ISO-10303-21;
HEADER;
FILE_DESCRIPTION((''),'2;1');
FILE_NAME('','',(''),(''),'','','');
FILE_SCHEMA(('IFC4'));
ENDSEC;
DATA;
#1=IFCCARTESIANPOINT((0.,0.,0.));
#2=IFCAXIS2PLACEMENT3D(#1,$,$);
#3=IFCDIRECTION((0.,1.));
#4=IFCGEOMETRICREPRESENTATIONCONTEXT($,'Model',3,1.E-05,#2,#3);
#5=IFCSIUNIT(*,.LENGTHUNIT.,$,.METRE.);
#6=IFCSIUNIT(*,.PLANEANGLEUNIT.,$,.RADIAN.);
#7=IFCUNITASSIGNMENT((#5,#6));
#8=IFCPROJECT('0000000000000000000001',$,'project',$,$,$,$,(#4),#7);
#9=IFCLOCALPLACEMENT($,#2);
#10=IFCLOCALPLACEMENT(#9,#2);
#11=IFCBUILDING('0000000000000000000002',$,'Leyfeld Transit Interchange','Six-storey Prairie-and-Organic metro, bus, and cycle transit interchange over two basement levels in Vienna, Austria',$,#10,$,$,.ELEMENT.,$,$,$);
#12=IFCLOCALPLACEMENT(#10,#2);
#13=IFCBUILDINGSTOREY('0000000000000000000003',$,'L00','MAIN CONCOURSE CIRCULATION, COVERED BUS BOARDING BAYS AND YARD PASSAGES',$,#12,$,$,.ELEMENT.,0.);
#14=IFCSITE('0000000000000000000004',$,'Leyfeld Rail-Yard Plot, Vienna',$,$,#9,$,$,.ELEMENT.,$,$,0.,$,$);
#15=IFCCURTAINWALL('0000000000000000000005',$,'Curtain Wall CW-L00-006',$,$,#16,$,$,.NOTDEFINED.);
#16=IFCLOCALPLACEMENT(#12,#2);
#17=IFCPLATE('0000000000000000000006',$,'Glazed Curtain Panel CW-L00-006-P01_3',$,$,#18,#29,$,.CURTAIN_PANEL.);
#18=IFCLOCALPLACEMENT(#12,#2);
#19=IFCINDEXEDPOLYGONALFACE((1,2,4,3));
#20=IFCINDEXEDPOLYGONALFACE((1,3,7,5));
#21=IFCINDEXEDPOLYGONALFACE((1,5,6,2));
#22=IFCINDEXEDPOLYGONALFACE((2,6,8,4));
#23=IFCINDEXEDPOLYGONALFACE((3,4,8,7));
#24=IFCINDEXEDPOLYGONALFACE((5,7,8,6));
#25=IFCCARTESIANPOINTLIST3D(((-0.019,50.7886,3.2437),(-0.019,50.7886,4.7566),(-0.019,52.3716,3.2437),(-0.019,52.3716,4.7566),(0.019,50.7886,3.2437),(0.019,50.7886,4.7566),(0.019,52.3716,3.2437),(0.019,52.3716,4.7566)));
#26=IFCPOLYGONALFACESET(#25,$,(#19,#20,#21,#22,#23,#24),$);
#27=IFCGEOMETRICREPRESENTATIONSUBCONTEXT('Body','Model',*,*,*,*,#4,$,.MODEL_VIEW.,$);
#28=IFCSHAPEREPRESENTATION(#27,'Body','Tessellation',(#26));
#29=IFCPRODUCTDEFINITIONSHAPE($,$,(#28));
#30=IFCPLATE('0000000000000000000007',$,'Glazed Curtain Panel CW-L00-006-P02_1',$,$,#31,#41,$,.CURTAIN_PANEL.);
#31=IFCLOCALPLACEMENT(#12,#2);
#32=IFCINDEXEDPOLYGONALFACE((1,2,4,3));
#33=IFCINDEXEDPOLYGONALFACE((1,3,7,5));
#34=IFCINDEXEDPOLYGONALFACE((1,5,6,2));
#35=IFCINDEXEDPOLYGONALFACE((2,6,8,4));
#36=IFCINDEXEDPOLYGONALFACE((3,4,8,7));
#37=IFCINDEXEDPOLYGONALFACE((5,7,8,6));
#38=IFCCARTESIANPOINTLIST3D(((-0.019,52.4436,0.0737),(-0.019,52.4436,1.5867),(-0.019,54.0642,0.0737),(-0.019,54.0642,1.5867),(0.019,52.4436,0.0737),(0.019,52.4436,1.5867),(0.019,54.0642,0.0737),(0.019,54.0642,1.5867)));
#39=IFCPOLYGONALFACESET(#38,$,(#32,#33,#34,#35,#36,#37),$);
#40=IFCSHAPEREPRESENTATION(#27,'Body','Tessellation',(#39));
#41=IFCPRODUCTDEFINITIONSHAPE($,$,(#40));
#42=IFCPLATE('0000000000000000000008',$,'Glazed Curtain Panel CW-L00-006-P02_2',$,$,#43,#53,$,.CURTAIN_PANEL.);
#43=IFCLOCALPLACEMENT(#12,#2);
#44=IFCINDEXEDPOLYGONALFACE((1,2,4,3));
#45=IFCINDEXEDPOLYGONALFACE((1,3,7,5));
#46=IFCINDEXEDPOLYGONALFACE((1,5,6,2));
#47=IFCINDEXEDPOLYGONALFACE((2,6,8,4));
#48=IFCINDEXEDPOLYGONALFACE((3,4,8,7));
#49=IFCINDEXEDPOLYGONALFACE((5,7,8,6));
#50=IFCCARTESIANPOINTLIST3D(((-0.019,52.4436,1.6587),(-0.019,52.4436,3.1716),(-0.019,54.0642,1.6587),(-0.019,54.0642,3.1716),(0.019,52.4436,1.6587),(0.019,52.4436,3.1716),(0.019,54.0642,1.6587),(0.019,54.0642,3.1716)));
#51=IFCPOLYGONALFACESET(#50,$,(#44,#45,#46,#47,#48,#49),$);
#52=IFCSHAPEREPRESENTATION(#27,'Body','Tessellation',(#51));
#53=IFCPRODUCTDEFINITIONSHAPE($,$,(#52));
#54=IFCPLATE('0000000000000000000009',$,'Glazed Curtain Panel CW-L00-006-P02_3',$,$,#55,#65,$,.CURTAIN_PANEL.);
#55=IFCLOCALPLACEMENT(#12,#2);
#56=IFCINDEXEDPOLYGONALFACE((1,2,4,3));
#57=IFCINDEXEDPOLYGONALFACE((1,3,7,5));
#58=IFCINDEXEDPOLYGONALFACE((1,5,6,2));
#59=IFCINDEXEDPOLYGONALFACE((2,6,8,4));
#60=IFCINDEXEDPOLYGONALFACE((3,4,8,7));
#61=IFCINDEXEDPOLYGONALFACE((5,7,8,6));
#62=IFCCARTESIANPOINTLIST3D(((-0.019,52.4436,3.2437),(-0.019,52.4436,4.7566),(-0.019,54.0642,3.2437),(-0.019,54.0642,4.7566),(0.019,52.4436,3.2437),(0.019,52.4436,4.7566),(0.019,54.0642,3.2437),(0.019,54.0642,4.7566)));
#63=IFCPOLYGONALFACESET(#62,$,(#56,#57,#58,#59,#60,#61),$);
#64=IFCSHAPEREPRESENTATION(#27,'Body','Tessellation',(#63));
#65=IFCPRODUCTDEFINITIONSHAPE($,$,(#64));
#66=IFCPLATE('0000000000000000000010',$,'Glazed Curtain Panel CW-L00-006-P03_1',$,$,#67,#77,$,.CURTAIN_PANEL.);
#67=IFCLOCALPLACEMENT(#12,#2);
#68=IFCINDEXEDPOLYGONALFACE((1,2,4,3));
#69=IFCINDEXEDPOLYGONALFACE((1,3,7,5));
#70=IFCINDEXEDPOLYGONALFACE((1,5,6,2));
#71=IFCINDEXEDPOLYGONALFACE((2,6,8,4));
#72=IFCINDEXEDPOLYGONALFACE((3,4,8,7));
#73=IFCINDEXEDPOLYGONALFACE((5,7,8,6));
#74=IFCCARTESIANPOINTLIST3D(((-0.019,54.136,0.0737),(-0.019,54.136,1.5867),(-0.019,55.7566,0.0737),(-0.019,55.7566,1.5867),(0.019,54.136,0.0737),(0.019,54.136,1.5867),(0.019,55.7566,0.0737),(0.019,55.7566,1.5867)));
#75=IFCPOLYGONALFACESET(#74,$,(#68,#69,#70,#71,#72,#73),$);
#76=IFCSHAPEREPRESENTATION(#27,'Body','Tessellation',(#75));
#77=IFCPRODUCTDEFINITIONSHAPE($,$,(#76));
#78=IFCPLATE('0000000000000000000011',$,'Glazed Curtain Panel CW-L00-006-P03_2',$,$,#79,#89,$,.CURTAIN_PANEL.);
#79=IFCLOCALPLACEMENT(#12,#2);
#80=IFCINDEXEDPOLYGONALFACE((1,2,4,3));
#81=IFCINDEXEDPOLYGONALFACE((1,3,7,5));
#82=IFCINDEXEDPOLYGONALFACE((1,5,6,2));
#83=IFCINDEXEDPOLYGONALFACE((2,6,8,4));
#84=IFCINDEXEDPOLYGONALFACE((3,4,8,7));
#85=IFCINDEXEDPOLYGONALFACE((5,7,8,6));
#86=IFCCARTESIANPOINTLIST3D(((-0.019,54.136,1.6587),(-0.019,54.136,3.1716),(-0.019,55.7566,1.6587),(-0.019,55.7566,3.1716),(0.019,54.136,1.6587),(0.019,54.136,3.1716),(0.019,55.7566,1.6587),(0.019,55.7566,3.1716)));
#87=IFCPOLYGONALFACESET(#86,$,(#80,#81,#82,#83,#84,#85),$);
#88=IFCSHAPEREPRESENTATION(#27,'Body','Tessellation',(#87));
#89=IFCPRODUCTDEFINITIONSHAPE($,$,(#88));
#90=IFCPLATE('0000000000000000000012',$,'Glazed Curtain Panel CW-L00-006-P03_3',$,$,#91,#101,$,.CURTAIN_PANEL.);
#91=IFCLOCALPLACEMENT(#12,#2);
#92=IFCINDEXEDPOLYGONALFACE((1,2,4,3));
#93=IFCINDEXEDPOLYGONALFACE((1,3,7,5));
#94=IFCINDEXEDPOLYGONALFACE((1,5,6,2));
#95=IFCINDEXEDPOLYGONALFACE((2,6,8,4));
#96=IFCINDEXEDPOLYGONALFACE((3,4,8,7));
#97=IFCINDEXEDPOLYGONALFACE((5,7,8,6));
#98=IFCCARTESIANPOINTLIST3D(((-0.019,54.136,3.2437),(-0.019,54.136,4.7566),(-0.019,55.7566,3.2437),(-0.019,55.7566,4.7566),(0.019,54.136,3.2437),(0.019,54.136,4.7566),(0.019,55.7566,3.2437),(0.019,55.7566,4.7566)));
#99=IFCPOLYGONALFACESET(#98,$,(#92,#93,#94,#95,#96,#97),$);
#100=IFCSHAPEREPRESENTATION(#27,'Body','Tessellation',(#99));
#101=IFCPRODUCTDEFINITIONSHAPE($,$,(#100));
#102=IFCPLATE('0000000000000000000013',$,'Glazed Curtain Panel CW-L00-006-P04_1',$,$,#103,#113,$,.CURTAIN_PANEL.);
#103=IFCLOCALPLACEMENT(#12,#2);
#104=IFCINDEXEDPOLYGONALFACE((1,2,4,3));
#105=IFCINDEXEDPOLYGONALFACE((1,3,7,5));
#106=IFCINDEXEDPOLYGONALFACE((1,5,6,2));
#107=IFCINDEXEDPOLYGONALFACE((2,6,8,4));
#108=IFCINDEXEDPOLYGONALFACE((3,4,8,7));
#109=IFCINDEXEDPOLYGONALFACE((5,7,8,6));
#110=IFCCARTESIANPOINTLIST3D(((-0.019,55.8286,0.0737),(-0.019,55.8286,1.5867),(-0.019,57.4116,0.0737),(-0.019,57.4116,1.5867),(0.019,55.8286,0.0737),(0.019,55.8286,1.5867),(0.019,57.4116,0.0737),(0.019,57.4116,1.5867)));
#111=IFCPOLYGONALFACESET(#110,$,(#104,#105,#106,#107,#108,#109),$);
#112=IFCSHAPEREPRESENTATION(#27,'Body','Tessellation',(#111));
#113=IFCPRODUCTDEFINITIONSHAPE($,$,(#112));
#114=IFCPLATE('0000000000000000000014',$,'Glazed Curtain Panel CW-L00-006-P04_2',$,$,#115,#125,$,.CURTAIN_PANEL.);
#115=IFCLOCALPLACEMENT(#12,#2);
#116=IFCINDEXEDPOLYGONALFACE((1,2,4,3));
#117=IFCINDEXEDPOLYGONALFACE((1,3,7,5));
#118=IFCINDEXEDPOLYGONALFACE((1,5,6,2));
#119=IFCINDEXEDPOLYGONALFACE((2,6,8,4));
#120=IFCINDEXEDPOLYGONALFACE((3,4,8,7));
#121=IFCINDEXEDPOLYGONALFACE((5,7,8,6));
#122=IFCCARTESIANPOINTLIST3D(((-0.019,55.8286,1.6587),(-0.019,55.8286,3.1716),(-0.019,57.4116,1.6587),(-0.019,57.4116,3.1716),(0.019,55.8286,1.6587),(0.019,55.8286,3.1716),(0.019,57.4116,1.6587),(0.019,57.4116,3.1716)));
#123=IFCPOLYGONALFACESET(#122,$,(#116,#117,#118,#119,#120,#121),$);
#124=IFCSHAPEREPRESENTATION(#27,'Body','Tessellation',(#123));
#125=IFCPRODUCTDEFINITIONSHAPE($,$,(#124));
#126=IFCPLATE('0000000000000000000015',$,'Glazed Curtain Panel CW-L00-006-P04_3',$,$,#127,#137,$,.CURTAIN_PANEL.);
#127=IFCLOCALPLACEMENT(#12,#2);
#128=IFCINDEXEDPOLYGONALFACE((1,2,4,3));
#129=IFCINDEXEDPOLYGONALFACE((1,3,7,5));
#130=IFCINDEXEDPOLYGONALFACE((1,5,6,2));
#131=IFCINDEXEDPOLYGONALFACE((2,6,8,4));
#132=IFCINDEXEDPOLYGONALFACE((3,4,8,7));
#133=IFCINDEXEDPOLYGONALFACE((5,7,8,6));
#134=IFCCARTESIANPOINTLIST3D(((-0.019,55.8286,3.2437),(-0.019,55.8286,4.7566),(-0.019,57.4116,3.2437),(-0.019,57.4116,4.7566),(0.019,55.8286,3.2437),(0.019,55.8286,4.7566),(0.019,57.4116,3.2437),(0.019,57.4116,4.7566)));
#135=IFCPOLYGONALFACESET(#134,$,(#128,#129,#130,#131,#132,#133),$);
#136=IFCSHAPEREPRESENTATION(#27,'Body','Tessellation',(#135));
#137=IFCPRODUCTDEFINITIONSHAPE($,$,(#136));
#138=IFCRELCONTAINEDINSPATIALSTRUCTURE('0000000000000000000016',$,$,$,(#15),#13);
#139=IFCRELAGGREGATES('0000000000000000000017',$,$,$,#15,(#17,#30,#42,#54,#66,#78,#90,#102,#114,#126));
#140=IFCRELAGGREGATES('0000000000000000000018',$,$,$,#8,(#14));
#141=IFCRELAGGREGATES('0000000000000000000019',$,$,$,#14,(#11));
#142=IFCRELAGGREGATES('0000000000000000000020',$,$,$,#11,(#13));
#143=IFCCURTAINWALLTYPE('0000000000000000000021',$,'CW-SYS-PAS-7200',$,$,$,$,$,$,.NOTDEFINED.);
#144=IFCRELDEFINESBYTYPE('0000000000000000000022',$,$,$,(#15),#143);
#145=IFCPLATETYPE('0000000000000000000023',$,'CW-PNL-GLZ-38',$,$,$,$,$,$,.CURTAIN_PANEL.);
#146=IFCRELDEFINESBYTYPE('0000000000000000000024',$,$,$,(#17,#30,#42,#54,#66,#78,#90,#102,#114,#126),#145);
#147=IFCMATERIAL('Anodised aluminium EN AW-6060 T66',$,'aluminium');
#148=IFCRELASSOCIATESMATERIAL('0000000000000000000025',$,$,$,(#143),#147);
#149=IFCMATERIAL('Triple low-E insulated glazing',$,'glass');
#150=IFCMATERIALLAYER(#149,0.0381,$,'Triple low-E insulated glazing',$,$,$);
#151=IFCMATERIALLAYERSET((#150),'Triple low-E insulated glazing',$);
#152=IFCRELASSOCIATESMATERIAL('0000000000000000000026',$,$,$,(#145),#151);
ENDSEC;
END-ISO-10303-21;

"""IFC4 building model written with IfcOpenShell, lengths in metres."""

from ifc_helpers import new_model, si_unit, direction, frame, origin, origin_2d, place, context, subcontext, project, spatial, rectangle, extrude, material, layer, layer_set, type_object, element, aggregate, save


model = new_model("IFC4")

# Units and contexts
model_context = context("Model", 3, precision=1e-05, world=origin(), true_north=direction((0.0, 1.0)))
body_context = subcontext(model_context, "Body", "Model", "MODEL_VIEW")
ifc_project = project(units=[si_unit("LENGTHUNIT", "METRE"), si_unit("PLANEANGLEUNIT", "RADIAN")], contexts=[model_context])

# Site, building, storey
site_placement = place(None, origin())
site = spatial("IfcSite", under=ifc_project, at=site_placement, Name="Leyfeld Rail-Yard Plot, Vienna", CompositionType="ELEMENT", RefElevation=0.0)
building_placement = place(site_placement, origin())
building = spatial("IfcBuilding", under=site, at=building_placement, Name="Leyfeld Transit Interchange", Description="Six-storey Prairie-and-Organic metro, bus, and cycle transit interchange over two basement levels in Vienna, Austria", CompositionType="ELEMENT")
storey_placement = place(building_placement, origin())
storey = spatial("IfcBuildingStorey", under=building, at=storey_placement, Name="L00", Description="MAIN CONCOURSE CIRCULATION, COVERED BUS BOARDING BAYS AND YARD PASSAGES", CompositionType="ELEMENT", Elevation=0.0)

# Curtain wall, plates
ifc_material_1 = material(Name="Anodised aluminium EN AW-6060 T66", Category="aluminium")
curtain_wall_type = type_object("IfcCurtainWallType", Name="CW-SYS-PAS-7200", PredefinedType="NOTDEFINED", material=ifc_material_1)
curtain_wall_placement = place(storey_placement, origin())
curtain_wall = element("IfcCurtainWall", 1, at=curtain_wall_placement, inside=storey, type_object=curtain_wall_type, Name="Curtain Wall CW-L00-006", PredefinedType="NOTDEFINED")
ifc_material_2 = material(Name="Triple low-E insulated glazing", Category="glass")
ifc_layer = layer(ifc_material_2, 0.0381, Name="Triple low-E insulated glazing")
ifc_layer_set = layer_set([ifc_layer], Name="Triple low-E insulated glazing")
plate_type = type_object("IfcPlateType", Name="CW-PNL-GLZ-38", PredefinedType="CURTAIN_PANEL", material=ifc_layer_set)
plate_1_placement = place(storey_placement, frame((0.0, 51.5801, 3.2437), z_axis=(0.0, 0.0, 1.0), x_axis=(0.0, 1.0, 0.0)))
plate_1 = element("IfcPlate", 2, at=plate_1_placement, type_object=plate_type, Name="Glazed Curtain Panel CW-L00-006-P01_3", PredefinedType="CURTAIN_PANEL", context=body_context, shape_type="SweptSolid", body=[
    extrude(rectangle(XDim=1.583, YDim=0.0381, at=origin_2d()), origin(), (0.0, 0.0, 1.0), 1.5129),
])
plate_2_placement = place(storey_placement, frame((0.0, 53.2539, 0.0737), z_axis=(0.0, 0.0, 1.0), x_axis=(0.0, 1.0, 0.0)))
plate_2 = element("IfcPlate", 3, at=plate_2_placement, type_object=plate_type, Name="Glazed Curtain Panel CW-L00-006-P02_1", PredefinedType="CURTAIN_PANEL", context=body_context, shape_type="SweptSolid", body=[
    extrude(rectangle(XDim=1.6206, YDim=0.0381, at=origin_2d()), origin(), (0.0, 0.0, 1.0), 1.5129),
])
plate_3_placement = place(storey_placement, frame((0.0, 53.2539, 1.6587), z_axis=(0.0, 0.0, 1.0), x_axis=(0.0, 1.0, 0.0)))
plate_3 = element("IfcPlate", 4, at=plate_3_placement, type_object=plate_type, Name="Glazed Curtain Panel CW-L00-006-P02_2", PredefinedType="CURTAIN_PANEL", context=body_context, shape_type="SweptSolid", body=[
    extrude(rectangle(XDim=1.6206, YDim=0.0381, at=origin_2d()), origin(), (0.0, 0.0, 1.0), 1.5129),
])
plate_4_placement = place(storey_placement, frame((0.0, 53.2539, 3.2437), z_axis=(0.0, 0.0, 1.0), x_axis=(0.0, 1.0, 0.0)))
plate_4 = element("IfcPlate", 5, at=plate_4_placement, type_object=plate_type, Name="Glazed Curtain Panel CW-L00-006-P02_3", PredefinedType="CURTAIN_PANEL", context=body_context, shape_type="SweptSolid", body=[
    extrude(rectangle(XDim=1.6206, YDim=0.0381, at=origin_2d()), origin(), (0.0, 0.0, 1.0), 1.5129),
])
plate_5_placement = place(storey_placement, frame((0.0, 54.9463, 0.0737), z_axis=(0.0, 0.0, 1.0), x_axis=(0.0, 1.0, 0.0)))
plate_5 = element("IfcPlate", 6, at=plate_5_placement, type_object=plate_type, Name="Glazed Curtain Panel CW-L00-006-P03_1", PredefinedType="CURTAIN_PANEL", context=body_context, shape_type="SweptSolid", body=[
    extrude(rectangle(XDim=1.6206, YDim=0.0381, at=origin_2d()), origin(), (0.0, 0.0, 1.0), 1.5129),
])
plate_6_placement = place(storey_placement, frame((0.0, 54.9463, 1.6587), z_axis=(0.0, 0.0, 1.0), x_axis=(0.0, 1.0, 0.0)))
plate_6 = element("IfcPlate", 7, at=plate_6_placement, type_object=plate_type, Name="Glazed Curtain Panel CW-L00-006-P03_2", PredefinedType="CURTAIN_PANEL", context=body_context, shape_type="SweptSolid", body=[
    extrude(rectangle(XDim=1.6206, YDim=0.0381, at=origin_2d()), origin(), (0.0, 0.0, 1.0), 1.5129),
])
plate_7_placement = place(storey_placement, frame((0.0, 54.9463, 3.2437), z_axis=(0.0, 0.0, 1.0), x_axis=(0.0, 1.0, 0.0)))
plate_7 = element("IfcPlate", 8, at=plate_7_placement, type_object=plate_type, Name="Glazed Curtain Panel CW-L00-006-P03_3", PredefinedType="CURTAIN_PANEL", context=body_context, shape_type="SweptSolid", body=[
    extrude(rectangle(XDim=1.6206, YDim=0.0381, at=origin_2d()), origin(), (0.0, 0.0, 1.0), 1.5129),
])
plate_8_placement = place(storey_placement, frame((0.0, 56.6201, 0.0737), z_axis=(0.0, 0.0, 1.0), x_axis=(0.0, 1.0, 0.0)))
plate_8 = element("IfcPlate", 9, at=plate_8_placement, type_object=plate_type, Name="Glazed Curtain Panel CW-L00-006-P04_1", PredefinedType="CURTAIN_PANEL", context=body_context, shape_type="SweptSolid", body=[
    extrude(rectangle(XDim=1.583, YDim=0.0381, at=origin_2d()), origin(), (0.0, 0.0, 1.0), 1.5129),
])
plate_9_placement = place(storey_placement, frame((0.0, 56.6201, 1.6587), z_axis=(0.0, 0.0, 1.0), x_axis=(0.0, 1.0, 0.0)))
plate_9 = element("IfcPlate", 10, at=plate_9_placement, type_object=plate_type, Name="Glazed Curtain Panel CW-L00-006-P04_2", PredefinedType="CURTAIN_PANEL", context=body_context, shape_type="SweptSolid", body=[
    extrude(rectangle(XDim=1.583, YDim=0.0381, at=origin_2d()), origin(), (0.0, 0.0, 1.0), 1.5129),
])
plate_10_placement = place(storey_placement, frame((0.0, 56.6201, 3.2437), z_axis=(0.0, 0.0, 1.0), x_axis=(0.0, 1.0, 0.0)))
plate_10 = element("IfcPlate", 11, at=plate_10_placement, type_object=plate_type, Name="Glazed Curtain Panel CW-L00-006-P04_3", PredefinedType="CURTAIN_PANEL", context=body_context, shape_type="SweptSolid", body=[
    extrude(rectangle(XDim=1.583, YDim=0.0381, at=origin_2d()), origin(), (0.0, 0.0, 1.0), 1.5129),
])
aggregate(curtain_wall, [plate_1, plate_2, plate_3, plate_4, plate_5, plate_6, plate_7, plate_8, plate_9, plate_10])

save(model, "model.ifc")
